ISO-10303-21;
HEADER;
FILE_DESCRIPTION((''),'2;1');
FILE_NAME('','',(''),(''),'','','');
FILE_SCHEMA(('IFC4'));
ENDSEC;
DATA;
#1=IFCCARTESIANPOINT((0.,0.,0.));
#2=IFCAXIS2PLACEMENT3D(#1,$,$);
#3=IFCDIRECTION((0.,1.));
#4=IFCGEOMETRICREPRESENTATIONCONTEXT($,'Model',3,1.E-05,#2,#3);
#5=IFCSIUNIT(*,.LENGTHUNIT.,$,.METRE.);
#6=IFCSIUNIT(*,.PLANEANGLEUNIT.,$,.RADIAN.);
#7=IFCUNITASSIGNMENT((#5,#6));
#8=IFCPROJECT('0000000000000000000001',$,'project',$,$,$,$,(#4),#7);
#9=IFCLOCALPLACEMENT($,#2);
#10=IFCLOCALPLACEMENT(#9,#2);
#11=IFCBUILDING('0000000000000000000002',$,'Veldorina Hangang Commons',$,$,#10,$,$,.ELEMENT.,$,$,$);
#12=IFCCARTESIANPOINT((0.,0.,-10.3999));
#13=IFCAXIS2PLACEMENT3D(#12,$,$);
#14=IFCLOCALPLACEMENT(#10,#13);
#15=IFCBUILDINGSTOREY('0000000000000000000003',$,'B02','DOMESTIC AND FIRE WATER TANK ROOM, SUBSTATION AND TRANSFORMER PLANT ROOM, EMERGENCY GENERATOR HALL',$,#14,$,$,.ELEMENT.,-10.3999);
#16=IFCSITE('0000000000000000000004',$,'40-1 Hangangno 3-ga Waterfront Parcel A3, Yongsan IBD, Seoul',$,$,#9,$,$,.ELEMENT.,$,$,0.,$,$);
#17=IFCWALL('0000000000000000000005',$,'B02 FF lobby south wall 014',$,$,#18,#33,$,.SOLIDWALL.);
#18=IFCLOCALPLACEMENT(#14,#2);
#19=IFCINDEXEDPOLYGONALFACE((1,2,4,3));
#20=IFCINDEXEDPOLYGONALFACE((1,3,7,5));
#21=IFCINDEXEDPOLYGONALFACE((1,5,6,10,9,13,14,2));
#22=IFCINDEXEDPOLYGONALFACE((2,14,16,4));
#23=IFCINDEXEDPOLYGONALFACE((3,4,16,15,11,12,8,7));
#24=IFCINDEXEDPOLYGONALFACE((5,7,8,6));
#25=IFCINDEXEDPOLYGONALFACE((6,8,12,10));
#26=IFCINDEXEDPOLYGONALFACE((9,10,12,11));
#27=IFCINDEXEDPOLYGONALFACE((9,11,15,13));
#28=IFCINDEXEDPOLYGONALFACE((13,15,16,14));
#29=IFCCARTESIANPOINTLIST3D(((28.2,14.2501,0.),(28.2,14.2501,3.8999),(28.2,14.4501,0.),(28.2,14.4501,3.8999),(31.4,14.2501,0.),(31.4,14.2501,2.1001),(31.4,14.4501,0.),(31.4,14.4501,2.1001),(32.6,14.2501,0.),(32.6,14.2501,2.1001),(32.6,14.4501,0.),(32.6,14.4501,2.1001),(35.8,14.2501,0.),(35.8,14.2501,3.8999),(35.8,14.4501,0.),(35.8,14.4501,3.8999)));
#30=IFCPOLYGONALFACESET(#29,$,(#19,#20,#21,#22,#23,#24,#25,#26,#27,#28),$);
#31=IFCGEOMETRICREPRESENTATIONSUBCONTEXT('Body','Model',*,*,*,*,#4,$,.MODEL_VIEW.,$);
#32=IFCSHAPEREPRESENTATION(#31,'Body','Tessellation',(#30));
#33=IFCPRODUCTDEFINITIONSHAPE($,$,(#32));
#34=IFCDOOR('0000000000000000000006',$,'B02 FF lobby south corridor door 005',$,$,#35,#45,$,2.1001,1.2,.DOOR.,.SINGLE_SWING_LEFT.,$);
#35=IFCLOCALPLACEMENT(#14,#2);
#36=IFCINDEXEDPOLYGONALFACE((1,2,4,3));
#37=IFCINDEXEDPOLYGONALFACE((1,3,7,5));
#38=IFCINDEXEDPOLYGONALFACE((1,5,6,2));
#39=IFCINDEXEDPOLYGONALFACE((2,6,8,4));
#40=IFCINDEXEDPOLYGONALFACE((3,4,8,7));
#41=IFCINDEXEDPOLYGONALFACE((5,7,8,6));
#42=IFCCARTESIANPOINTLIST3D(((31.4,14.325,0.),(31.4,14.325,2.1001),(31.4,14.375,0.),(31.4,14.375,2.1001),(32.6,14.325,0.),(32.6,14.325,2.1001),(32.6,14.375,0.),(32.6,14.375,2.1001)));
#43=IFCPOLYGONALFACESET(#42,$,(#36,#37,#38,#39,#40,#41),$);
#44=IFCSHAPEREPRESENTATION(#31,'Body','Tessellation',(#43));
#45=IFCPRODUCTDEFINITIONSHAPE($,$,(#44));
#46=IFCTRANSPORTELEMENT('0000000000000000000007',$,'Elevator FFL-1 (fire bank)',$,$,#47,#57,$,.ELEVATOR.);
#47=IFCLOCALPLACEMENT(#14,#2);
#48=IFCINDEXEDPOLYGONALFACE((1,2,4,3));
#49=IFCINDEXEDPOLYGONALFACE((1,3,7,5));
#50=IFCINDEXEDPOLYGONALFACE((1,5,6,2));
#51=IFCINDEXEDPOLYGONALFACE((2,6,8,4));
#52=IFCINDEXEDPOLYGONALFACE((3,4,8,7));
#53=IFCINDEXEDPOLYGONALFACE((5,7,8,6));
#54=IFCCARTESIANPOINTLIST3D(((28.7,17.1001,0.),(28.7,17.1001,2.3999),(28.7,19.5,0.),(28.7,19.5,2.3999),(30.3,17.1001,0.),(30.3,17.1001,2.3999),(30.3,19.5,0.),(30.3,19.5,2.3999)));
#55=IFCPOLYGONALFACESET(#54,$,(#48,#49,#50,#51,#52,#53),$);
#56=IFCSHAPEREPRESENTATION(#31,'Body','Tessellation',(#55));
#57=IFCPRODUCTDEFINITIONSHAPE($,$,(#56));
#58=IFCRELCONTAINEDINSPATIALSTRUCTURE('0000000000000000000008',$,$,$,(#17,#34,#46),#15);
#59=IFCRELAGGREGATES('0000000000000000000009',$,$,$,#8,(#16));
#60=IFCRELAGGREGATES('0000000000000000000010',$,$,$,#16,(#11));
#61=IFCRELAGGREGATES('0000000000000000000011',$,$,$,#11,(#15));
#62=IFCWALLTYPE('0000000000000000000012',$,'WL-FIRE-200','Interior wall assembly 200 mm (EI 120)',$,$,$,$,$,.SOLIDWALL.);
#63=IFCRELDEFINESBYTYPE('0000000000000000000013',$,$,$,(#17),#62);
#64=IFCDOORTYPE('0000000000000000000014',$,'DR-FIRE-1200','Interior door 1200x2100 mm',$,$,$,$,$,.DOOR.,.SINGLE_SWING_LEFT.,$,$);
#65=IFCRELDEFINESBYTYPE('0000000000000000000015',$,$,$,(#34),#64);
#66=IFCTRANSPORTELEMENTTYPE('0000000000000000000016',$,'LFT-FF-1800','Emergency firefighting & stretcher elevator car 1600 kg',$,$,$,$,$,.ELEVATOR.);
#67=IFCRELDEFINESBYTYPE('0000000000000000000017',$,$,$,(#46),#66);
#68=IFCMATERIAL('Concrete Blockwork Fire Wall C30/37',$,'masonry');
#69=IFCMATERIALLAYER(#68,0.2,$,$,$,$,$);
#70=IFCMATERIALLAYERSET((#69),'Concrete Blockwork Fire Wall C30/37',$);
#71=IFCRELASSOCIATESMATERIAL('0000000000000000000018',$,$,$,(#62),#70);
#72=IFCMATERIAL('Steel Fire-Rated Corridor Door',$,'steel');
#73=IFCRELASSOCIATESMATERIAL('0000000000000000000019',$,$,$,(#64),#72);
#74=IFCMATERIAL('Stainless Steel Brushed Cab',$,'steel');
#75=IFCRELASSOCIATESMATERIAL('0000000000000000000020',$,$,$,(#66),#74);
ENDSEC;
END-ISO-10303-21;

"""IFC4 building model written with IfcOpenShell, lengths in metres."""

from ifc_helpers import new_model, si_unit, direction, frame, frame_2d, origin, origin_2d, place, context, subcontext, project, spatial, rectangle, extrude, material, layer, layer_set, type_object, element, fill, save


model = new_model("IFC4")

# Units and contexts
model_context = context("Model", 3, precision=1e-05, world=origin(), true_north=direction((0.0, 1.0)))
body_context = subcontext(model_context, "Body", "Model", "MODEL_VIEW")
ifc_project = project(units=[si_unit("LENGTHUNIT", "METRE"), si_unit("PLANEANGLEUNIT", "RADIAN")], contexts=[model_context])

# Site, building, storey
site_placement = place(None, origin())
site = spatial("IfcSite", under=ifc_project, at=site_placement, Name="40-1 Hangangno 3-ga Waterfront Parcel A3, Yongsan IBD, Seoul", CompositionType="ELEMENT", RefElevation=0.0)
building_placement = place(site_placement, origin())
building = spatial("IfcBuilding", under=site, at=building_placement, Name="Veldorina Hangang Commons", CompositionType="ELEMENT")
storey_placement = place(building_placement, frame((0.0, 0.0, -10.3999)))
storey = spatial("IfcBuildingStorey", under=building, at=storey_placement, Name="B02", Description="DOMESTIC AND FIRE WATER TANK ROOM, SUBSTATION AND TRANSFORMER PLANT ROOM, EMERGENCY GENERATOR HALL", CompositionType="ELEMENT", Elevation=-10.3999)

# Shared definitions
ifc_material_1 = material(Name="Concrete Blockwork Fire Wall C30/37", Category="masonry")
ifc_layer_1 = layer(ifc_material_1, 0.2)
ifc_layer_set_1 = layer_set([ifc_layer_1], Name="Concrete Blockwork Fire Wall C30/37")
wall_type_1 = type_object("IfcWallType", Name="WL-FIRE-200", Description="Interior wall assembly 200 mm (EI 120)", PredefinedType="SOLIDWALL", material=ifc_layer_set_1)

# Wall, opening, door
wall_1_placement = place(storey_placement, frame((28.2, 14.3501, 0.0), z_axis=(0.0, 0.0, 1.0), x_axis=(1.0, 0.0, 0.0)))
wall_1 = element("IfcWall", 1, at=wall_1_placement, inside=storey, type_object=wall_type_1, Name="B02 FF lobby south wall 014", PredefinedType="SOLIDWALL", context=body_context, shape_type="SweptSolid", body=[
    extrude(rectangle(XDim=7.6001, YDim=0.2, at=frame_2d((3.8, 0.0))), origin(), (0.0, 0.0, 1.0), 3.8999),
])
opening_1_placement = place(wall_1_placement, frame((3.2, 0.0, 0.0)))
opening_1 = element("IfcOpeningElement", 2, at=opening_1_placement, cuts=wall_1, PredefinedType="OPENING", context=body_context, shape_type="SweptSolid", body=[
    extrude(rectangle(XDim=1.2, YDim=2.1001, at=frame_2d((0.6001, 1.05))), frame((0.0, 0.1099, 0.0), z_axis=(0.0, -1.0, 0.0), x_axis=(1.0, 0.0, 0.0)), (0.0, 0.0, 1.0), 0.22),
])
ifc_material_2 = material(Name="Steel Fire-Rated Corridor Door", Category="steel")
door_type_1 = type_object("IfcDoorType", Name="DR-FIRE-1200", Description="Interior door 1200x2100 mm", OperationType="SINGLE_SWING_LEFT", PredefinedType="DOOR", material=ifc_material_2)
door_1_placement = place(opening_1_placement, origin())
door_1 = element("IfcDoor", 3, at=door_1_placement, inside=storey, type_object=door_type_1, Name="B02 FF lobby south corridor door 005", OperationType="SINGLE_SWING_LEFT", OverallHeight=2.1001, OverallWidth=1.2, PredefinedType="DOOR", context=body_context, shape_type="SweptSolid", body=[
    extrude(rectangle(XDim=1.2, YDim=2.1001, at=frame_2d((0.6001, 1.05))), frame((0.0, 0.0249, 0.0), z_axis=(0.0, -1.0, 0.0), x_axis=(1.0, 0.0, 0.0)), (0.0, 0.0, 1.0), 0.05),
])
fill(opening_1, door_1)

# Transport element
ifc_material_3 = material(Name="Stainless Steel Brushed Cab", Category="steel")
transport_element_type = type_object("IfcTransportElementType", Name="LFT-FF-1800", Description="Emergency firefighting & stretcher elevator car 1600 kg", PredefinedType="ELEVATOR", material=ifc_material_3)
transport_element_placement = place(storey_placement, frame((29.5, 18.3, 0.0), z_axis=(0.0, 0.0, 1.0), x_axis=(1.0, 0.0, 0.0)))
element("IfcTransportElement", 4, at=transport_element_placement, inside=storey, type_object=transport_element_type, Name="Elevator FFL-1 (fire bank)", PredefinedType="ELEVATOR", context=body_context, shape_type="SweptSolid", body=[
    extrude(rectangle(XDim=1.6001, YDim=2.3999, at=origin_2d()), origin(), (0.0, 0.0, 1.0), 2.3999),
])

save(model, "model.ifc")
